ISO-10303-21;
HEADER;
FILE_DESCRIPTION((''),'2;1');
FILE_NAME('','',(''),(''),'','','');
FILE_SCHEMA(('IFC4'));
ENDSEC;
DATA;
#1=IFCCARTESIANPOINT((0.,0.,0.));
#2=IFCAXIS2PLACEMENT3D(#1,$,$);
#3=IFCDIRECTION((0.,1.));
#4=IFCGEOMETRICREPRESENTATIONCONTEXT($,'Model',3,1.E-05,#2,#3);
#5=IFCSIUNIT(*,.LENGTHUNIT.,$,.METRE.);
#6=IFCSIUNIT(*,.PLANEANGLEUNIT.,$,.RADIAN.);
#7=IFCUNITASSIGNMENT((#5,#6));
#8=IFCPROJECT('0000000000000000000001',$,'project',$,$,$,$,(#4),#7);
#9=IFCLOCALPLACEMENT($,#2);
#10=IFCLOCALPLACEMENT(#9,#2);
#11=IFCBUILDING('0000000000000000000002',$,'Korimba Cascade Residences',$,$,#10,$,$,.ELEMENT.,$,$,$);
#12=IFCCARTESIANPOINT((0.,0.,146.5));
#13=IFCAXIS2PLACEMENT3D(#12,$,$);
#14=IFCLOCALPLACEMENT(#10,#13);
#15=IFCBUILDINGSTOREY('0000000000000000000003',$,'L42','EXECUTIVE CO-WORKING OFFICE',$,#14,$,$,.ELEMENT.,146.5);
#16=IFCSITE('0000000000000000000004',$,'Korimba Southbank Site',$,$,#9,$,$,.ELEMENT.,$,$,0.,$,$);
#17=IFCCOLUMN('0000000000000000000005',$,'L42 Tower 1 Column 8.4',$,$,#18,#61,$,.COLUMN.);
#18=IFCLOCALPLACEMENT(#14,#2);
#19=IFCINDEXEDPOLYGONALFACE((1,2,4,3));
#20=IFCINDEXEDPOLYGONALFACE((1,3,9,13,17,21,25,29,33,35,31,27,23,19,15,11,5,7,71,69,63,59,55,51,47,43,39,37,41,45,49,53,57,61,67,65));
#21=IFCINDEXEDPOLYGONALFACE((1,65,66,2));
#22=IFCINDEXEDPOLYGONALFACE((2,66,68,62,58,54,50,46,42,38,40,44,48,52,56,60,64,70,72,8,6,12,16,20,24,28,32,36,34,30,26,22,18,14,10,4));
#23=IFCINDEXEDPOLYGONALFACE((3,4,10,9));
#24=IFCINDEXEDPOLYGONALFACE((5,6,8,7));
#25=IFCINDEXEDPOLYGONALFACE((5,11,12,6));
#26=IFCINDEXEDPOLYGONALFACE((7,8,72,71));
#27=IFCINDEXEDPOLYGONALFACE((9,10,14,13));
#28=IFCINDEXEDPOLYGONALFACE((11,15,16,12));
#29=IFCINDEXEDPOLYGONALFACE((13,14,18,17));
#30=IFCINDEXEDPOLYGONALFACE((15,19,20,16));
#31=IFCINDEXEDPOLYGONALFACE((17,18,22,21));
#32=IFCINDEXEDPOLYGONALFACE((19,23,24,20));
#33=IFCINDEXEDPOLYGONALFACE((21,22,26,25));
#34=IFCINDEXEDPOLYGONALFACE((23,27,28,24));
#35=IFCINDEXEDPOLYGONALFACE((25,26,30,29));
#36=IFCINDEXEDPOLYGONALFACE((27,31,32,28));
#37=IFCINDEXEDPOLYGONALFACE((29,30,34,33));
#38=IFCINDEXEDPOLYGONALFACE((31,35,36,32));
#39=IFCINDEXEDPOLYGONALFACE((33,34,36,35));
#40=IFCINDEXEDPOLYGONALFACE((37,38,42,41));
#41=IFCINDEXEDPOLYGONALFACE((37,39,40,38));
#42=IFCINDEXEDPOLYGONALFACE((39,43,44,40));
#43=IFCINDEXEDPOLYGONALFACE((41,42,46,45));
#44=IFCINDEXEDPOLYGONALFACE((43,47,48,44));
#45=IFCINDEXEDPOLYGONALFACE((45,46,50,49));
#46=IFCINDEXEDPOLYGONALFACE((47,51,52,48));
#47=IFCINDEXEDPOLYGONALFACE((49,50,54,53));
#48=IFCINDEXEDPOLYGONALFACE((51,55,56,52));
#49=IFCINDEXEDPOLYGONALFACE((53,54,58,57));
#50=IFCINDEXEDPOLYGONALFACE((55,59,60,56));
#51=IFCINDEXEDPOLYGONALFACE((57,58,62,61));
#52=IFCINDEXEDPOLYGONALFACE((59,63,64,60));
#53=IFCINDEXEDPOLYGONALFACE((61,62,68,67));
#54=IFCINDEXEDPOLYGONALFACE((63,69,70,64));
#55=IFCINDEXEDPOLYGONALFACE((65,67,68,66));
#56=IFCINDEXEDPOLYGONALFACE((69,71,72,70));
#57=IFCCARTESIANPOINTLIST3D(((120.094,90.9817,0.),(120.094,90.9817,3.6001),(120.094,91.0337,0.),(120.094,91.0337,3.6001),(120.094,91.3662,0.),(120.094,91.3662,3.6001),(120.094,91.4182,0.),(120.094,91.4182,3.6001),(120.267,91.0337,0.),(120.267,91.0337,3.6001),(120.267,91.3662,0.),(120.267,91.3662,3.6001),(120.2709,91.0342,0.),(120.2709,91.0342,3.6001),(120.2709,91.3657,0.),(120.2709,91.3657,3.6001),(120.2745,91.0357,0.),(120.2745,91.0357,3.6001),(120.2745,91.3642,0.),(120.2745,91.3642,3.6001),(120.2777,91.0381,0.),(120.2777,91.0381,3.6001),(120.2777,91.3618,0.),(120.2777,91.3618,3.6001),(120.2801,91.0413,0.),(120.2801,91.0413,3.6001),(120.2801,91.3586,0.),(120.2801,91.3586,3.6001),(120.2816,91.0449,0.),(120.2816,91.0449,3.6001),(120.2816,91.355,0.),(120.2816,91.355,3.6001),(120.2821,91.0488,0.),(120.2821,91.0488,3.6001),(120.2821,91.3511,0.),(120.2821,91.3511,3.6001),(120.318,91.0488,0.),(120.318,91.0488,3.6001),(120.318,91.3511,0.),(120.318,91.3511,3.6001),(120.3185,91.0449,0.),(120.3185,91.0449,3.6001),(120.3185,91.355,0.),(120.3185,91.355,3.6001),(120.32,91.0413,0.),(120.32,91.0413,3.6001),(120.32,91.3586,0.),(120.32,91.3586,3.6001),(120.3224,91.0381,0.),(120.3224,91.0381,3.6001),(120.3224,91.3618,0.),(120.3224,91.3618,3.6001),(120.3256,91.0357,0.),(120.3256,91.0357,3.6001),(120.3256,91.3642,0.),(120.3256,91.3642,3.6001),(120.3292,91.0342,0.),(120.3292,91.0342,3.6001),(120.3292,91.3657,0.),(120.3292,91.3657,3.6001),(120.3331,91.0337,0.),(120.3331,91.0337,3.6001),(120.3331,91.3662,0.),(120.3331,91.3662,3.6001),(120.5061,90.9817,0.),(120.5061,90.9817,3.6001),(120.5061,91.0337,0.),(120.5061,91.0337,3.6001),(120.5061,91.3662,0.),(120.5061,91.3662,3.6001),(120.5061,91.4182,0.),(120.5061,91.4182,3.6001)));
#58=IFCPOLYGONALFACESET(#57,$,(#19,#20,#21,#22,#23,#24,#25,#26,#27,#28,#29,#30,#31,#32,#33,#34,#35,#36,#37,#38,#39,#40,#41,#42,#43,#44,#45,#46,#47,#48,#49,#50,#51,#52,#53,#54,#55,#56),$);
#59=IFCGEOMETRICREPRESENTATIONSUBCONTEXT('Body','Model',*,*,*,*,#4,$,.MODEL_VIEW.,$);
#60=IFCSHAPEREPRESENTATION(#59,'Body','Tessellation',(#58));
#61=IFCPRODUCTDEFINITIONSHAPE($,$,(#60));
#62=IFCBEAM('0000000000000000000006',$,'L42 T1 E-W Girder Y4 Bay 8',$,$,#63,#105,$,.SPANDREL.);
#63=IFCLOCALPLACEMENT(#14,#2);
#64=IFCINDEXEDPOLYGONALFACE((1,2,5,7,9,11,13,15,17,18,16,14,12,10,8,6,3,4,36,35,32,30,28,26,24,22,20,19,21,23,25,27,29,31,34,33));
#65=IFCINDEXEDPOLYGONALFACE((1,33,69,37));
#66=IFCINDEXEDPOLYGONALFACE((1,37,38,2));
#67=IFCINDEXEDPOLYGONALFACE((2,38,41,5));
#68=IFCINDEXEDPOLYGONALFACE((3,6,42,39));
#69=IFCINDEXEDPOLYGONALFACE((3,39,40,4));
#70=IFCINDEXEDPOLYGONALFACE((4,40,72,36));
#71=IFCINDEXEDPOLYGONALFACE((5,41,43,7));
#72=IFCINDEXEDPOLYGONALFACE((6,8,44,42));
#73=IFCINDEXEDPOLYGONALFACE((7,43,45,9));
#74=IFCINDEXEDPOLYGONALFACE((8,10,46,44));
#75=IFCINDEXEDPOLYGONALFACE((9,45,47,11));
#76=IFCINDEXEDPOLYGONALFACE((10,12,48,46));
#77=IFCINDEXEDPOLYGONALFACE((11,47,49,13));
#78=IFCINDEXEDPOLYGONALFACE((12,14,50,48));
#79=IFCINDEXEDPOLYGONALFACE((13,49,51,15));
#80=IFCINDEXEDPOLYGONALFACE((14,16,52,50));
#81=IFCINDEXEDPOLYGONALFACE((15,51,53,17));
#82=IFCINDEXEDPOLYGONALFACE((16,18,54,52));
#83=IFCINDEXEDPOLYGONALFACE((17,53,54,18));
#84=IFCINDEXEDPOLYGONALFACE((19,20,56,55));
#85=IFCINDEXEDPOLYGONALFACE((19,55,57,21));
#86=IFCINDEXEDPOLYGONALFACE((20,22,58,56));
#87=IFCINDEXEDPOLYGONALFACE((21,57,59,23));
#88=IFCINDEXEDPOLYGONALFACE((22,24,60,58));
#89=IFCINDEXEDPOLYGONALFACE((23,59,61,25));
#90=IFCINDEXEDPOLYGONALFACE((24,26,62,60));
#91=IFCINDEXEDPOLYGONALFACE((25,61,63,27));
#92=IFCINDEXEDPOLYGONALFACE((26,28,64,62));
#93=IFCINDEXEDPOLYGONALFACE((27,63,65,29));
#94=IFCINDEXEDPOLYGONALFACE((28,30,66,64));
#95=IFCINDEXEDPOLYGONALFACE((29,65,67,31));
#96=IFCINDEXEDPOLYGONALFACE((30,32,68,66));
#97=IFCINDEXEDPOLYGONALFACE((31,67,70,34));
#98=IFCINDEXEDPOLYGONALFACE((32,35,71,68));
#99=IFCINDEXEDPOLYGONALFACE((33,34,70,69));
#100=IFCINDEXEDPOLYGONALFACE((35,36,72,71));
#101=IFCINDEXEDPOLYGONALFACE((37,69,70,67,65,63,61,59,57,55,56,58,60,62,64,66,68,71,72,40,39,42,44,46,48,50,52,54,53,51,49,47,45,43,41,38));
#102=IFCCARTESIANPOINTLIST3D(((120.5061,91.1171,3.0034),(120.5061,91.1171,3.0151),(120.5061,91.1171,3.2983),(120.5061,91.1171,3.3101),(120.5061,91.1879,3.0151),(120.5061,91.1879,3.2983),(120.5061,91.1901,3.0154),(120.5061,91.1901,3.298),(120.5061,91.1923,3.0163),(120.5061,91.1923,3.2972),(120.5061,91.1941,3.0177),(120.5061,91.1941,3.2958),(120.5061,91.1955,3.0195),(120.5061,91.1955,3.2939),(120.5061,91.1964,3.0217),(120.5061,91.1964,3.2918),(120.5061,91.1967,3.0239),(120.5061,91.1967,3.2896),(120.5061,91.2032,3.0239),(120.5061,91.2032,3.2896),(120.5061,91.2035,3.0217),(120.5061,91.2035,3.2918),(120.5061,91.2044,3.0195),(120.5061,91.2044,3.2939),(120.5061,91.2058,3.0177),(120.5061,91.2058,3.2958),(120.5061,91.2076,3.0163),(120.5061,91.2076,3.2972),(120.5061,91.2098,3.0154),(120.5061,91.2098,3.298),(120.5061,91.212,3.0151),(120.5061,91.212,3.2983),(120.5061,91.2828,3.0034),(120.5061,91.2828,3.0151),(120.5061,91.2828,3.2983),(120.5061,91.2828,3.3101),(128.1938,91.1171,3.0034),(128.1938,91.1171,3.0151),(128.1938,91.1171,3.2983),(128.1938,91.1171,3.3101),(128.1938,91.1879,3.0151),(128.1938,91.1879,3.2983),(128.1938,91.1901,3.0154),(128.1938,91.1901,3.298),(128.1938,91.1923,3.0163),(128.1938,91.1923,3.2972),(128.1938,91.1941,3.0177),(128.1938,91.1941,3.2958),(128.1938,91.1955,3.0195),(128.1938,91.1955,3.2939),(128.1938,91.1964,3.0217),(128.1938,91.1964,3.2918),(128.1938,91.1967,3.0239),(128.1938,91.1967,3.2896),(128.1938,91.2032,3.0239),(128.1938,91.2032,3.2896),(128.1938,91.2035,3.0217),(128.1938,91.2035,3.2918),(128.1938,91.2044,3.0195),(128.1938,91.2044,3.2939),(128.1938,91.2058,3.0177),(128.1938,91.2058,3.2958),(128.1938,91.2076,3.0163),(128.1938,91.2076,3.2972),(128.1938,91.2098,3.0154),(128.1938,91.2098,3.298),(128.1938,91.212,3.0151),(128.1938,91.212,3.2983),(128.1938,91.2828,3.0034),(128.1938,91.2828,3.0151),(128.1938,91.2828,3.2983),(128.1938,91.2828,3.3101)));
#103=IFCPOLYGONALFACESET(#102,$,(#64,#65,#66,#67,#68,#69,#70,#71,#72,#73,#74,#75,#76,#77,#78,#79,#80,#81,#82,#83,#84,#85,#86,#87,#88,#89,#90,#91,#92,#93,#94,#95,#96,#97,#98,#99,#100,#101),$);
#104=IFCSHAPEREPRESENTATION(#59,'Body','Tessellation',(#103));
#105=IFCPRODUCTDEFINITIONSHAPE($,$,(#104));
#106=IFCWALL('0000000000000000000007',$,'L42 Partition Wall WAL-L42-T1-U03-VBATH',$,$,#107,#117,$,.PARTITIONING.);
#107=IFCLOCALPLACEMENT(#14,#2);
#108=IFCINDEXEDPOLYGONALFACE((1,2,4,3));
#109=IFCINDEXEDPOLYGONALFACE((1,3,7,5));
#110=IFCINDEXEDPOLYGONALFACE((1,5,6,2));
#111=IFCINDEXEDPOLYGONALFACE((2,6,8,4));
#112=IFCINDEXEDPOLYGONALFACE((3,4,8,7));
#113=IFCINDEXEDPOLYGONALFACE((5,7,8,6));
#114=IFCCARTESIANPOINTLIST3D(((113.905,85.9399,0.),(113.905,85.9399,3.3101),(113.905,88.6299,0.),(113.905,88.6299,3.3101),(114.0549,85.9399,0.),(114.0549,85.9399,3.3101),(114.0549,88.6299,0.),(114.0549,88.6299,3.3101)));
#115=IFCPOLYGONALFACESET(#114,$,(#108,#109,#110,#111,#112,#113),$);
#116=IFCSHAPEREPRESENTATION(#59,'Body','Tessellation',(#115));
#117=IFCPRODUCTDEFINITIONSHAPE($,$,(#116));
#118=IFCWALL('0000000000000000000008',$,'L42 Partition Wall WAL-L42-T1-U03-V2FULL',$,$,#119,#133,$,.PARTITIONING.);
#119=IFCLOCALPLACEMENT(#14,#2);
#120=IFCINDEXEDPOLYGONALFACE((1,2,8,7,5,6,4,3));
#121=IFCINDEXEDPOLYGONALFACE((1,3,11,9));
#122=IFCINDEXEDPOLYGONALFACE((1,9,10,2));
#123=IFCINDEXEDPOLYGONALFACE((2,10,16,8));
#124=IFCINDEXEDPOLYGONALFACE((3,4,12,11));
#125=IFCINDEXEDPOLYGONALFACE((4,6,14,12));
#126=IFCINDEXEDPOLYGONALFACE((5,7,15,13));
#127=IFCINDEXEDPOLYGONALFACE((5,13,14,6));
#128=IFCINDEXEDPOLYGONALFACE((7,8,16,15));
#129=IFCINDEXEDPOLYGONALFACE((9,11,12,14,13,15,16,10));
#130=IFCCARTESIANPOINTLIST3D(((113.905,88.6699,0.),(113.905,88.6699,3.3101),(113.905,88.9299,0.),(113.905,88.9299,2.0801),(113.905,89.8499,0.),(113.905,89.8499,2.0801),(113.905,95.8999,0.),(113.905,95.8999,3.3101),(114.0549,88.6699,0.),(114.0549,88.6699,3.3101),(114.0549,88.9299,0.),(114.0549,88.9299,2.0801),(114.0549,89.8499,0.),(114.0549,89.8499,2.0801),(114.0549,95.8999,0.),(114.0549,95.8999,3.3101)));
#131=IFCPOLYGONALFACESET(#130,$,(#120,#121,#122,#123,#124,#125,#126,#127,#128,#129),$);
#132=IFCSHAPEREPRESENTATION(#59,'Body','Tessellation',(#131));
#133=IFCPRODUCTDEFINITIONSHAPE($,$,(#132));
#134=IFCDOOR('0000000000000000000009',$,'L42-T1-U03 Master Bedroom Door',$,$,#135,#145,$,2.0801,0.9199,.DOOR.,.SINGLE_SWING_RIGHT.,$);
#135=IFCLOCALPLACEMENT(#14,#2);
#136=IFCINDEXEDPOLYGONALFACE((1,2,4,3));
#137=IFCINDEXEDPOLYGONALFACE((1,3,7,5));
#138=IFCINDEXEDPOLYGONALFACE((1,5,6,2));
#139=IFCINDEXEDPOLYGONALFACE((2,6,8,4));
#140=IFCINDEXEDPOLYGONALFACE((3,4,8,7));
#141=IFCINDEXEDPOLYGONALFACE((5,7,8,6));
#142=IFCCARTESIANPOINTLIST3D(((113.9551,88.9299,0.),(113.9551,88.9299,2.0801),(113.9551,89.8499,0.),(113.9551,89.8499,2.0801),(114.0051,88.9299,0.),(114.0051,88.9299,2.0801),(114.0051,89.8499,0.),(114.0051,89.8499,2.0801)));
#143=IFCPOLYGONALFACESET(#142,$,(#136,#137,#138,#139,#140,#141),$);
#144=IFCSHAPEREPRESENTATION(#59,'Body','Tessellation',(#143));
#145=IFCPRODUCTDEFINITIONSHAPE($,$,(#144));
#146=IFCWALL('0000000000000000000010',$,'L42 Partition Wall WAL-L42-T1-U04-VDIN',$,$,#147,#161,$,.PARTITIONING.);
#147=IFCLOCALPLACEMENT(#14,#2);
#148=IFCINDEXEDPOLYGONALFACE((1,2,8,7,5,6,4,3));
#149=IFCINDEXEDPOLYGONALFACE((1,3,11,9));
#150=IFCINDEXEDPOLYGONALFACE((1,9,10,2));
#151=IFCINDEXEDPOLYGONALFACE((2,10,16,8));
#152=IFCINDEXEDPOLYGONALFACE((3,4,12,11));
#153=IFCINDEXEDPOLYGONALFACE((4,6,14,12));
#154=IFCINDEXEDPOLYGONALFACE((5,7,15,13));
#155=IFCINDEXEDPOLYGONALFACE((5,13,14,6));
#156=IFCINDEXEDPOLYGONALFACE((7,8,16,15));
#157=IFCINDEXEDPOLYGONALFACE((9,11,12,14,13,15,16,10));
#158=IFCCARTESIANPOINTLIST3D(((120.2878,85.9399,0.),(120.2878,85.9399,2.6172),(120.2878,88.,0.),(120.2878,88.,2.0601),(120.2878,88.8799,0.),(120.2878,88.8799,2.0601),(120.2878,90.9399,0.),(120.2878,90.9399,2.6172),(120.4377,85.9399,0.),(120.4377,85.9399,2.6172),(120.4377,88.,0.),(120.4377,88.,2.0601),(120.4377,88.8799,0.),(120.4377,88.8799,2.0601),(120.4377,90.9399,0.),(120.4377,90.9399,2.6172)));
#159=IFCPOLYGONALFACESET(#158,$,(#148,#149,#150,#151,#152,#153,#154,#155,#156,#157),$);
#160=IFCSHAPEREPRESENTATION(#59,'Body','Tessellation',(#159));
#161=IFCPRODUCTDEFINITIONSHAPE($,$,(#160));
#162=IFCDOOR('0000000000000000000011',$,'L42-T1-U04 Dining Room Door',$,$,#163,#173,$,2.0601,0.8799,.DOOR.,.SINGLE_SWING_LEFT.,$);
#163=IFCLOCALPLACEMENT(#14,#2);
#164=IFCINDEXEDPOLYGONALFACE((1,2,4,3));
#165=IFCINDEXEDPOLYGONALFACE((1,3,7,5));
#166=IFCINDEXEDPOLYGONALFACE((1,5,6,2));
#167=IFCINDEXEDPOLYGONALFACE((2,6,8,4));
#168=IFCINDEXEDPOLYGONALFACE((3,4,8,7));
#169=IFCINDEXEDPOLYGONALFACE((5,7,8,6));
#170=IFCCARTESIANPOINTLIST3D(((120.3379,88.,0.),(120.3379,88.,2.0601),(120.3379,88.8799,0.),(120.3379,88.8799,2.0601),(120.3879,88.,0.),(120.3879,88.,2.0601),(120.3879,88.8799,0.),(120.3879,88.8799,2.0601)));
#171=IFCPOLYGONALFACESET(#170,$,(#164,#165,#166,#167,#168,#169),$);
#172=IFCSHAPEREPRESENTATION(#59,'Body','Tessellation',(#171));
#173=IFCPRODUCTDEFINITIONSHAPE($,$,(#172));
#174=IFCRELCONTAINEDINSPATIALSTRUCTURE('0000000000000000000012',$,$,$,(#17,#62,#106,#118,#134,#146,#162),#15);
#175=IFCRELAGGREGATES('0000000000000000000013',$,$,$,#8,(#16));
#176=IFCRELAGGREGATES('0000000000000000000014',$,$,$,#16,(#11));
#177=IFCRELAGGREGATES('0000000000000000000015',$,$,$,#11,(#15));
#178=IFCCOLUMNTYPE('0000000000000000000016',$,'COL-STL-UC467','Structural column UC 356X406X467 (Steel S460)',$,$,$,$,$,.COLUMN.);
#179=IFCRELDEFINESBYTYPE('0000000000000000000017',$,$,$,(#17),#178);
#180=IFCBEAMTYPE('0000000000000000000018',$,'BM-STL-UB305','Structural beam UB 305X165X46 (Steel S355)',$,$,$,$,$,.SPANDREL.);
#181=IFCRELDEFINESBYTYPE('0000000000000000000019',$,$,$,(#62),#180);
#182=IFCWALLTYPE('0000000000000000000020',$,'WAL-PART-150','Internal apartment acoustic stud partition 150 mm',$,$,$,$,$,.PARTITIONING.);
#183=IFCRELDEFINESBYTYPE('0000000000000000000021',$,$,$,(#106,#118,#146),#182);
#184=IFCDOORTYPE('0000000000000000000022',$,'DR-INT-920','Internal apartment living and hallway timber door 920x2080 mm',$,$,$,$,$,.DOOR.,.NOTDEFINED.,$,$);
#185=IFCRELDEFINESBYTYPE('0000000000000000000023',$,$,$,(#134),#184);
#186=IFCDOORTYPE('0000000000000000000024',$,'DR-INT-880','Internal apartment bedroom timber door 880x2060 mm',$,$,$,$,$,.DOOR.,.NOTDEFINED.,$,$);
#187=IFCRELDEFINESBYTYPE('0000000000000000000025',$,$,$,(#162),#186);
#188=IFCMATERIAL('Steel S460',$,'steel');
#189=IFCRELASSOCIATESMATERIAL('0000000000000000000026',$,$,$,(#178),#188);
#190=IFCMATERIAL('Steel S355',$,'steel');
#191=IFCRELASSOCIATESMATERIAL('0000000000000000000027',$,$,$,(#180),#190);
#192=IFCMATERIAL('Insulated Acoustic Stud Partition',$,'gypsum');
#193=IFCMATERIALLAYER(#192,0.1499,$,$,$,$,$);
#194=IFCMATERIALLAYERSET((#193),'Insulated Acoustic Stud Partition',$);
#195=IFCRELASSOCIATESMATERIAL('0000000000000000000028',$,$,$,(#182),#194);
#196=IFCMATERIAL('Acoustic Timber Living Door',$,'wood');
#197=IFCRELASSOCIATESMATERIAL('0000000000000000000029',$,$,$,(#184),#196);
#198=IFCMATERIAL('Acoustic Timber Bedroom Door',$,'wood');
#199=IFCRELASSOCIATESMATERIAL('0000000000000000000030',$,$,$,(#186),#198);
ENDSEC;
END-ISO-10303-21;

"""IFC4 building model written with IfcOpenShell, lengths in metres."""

from ifc_helpers import new_model, si_unit, direction, frame, frame_2d, origin, origin_2d, place, context, subcontext, project, spatial, rectangle, i_section, extrude, material, layer, layer_set, material_profile, profile_set, type_object, element, fill, save


model = new_model("IFC4")

# Units and contexts
model_context = context("Model", 3, precision=1e-05, world=origin(), true_north=direction((0.0, 1.0)))
body_context = subcontext(model_context, "Body", "Model", "MODEL_VIEW")
ifc_project = project(units=[si_unit("LENGTHUNIT", "METRE"), si_unit("PLANEANGLEUNIT", "RADIAN")], contexts=[model_context])

# Site, building, storey
site_placement = place(None, origin())
site = spatial("IfcSite", under=ifc_project, at=site_placement, Name="Korimba Southbank Site", CompositionType="ELEMENT", RefElevation=0.0)
building_placement = place(site_placement, origin())
building = spatial("IfcBuilding", under=site, at=building_placement, Name="Korimba Cascade Residences", CompositionType="ELEMENT")
storey_placement = place(building_placement, frame((0.0, 0.0, 146.5)))
storey = spatial("IfcBuildingStorey", under=building, at=storey_placement, Name="L42", Description="EXECUTIVE CO-WORKING OFFICE", CompositionType="ELEMENT", Elevation=146.5)

# Column
ifc_material_1 = material(Name="Steel S460", Category="steel")
ifc_material_profile_1 = material_profile(ifc_material_1, i_section(OverallWidth=0.4121, OverallDepth=0.4365, WebThickness=0.0359, FlangeThickness=0.052, FilletRadius=0.0151, at=origin_2d()), Name="Steel S460")
ifc_profile_set_1 = profile_set([ifc_material_profile_1], Name="Steel S460")
column_type = type_object("IfcColumnType", Name="COL-STL-UC467", Description="Structural column UC 356X406X467 (Steel S460)", PredefinedType="COLUMN", material=ifc_profile_set_1)
column_placement = place(storey_placement, frame((120.3, 91.2, 0.0), z_axis=(0.0, 0.0, 1.0), x_axis=(1.0, 0.0, 0.0)))
element("IfcColumn", 1, at=column_placement, inside=storey, type_object=column_type, Name="L42 Tower 1 Column 8.4", PredefinedType="COLUMN", context=body_context, shape_type="SweptSolid", body=[
    extrude(i_section(OverallWidth=0.4121, OverallDepth=0.4365, WebThickness=0.0359, FlangeThickness=0.052, FilletRadius=0.0151, at=origin_2d()), origin(), (0.0, 0.0, 1.0), 3.6001),
])

# Beam
ifc_material_2 = material(Name="Steel S355", Category="steel")
ifc_material_profile_2 = material_profile(ifc_material_2, i_section(OverallWidth=0.1658, OverallDepth=0.3066, WebThickness=0.0066, FlangeThickness=0.0117, FilletRadius=0.0088, at=origin_2d()), Name="Steel S355")
ifc_profile_set_2 = profile_set([ifc_material_profile_2], Name="Steel S355")
beam_type = type_object("IfcBeamType", Name="BM-STL-UB305", Description="Structural beam UB 305X165X46 (Steel S355)", PredefinedType="SPANDREL", material=ifc_profile_set_2)
beam_placement = place(storey_placement, frame((120.5061, 91.2, 3.1567), z_axis=(1.0, 0.0, 0.0), x_axis=(0.0, 1.0, 0.0)))
element("IfcBeam", 2, at=beam_placement, inside=storey, type_object=beam_type, Name="L42 T1 E-W Girder Y4 Bay 8", PredefinedType="SPANDREL", context=body_context, shape_type="SweptSolid", body=[
    extrude(i_section(OverallWidth=0.1658, OverallDepth=0.3066, WebThickness=0.0066, FlangeThickness=0.0117, FilletRadius=0.0088, at=origin_2d()), origin(), (0.0, 0.0, 1.0), 7.6877),
])

# Wall
ifc_material_3 = material(Name="Insulated Acoustic Stud Partition", Category="gypsum")
ifc_layer = layer(ifc_material_3, 0.1499)
ifc_layer_set = layer_set([ifc_layer], Name="Insulated Acoustic Stud Partition")
wall_type = type_object("IfcWallType", Name="WAL-PART-150", Description="Internal apartment acoustic stud partition 150 mm", PredefinedType="PARTITIONING", material=ifc_layer_set)
wall_1_placement = place(storey_placement, frame((113.98, 85.9399, 0.0), z_axis=(0.0, 0.0, 1.0), x_axis=(0.0, 1.0, 0.0)))
element("IfcWall", 3, at=wall_1_placement, inside=storey, type_object=wall_type, Name="L42 Partition Wall WAL-L42-T1-U03-VBATH", PredefinedType="PARTITIONING", context=body_context, shape_type="SweptSolid", body=[
    extrude(rectangle(XDim=2.6899, YDim=0.1499, at=frame_2d((1.345, 0.0))), origin(), (0.0, 0.0, 1.0), 3.3101),
])

# Walls, openings, doors
wall_2_placement = place(storey_placement, frame((113.98, 88.6699, 0.0), z_axis=(0.0, 0.0, 1.0), x_axis=(0.0, 1.0, 0.0)))
wall_2 = element("IfcWall", 4, at=wall_2_placement, inside=storey, type_object=wall_type, Name="L42 Partition Wall WAL-L42-T1-U03-V2FULL", PredefinedType="PARTITIONING", context=body_context, shape_type="SweptSolid", body=[
    extrude(rectangle(XDim=7.23, YDim=0.1499, at=frame_2d((3.615, 0.0))), origin(), (0.0, 0.0, 1.0), 3.3101),
])
opening_1_placement = place(wall_2_placement, frame((0.26, 0.0, 0.0)))
opening_1 = element("IfcOpeningElement", 5, at=opening_1_placement, cuts=wall_2, PredefinedType="OPENING", context=body_context, shape_type="SweptSolid", body=[
    extrude(rectangle(XDim=0.9199, YDim=2.0801, at=frame_2d((0.46, 1.04))), frame((0.0, 0.085, 0.0), z_axis=(0.0, -1.0, 0.0), x_axis=(1.0, 0.0, 0.0)), (0.0, 0.0, 1.0), 0.1699),
])
ifc_material_4 = material(Name="Acoustic Timber Living Door", Category="wood")
door_type_1 = type_object("IfcDoorType", Name="DR-INT-920", Description="Internal apartment living and hallway timber door 920x2080 mm", OperationType="NOTDEFINED", PredefinedType="DOOR", material=ifc_material_4)
door_1_placement = place(opening_1_placement, origin())
door_1 = element("IfcDoor", 6, at=door_1_placement, inside=storey, type_object=door_type_1, Name="L42-T1-U03 Master Bedroom Door", OperationType="SINGLE_SWING_RIGHT", OverallHeight=2.0801, OverallWidth=0.9199, PredefinedType="DOOR", context=body_context, shape_type="SweptSolid", body=[
    extrude(rectangle(XDim=0.9199, YDim=2.0801, at=frame_2d((0.46, 1.04))), frame((0.0, 0.0249, 0.0), z_axis=(0.0, -1.0, 0.0), x_axis=(1.0, 0.0, 0.0)), (0.0, 0.0, 1.0), 0.05),
])
fill(opening_1, door_1)
wall_3_placement = place(storey_placement, frame((120.3628, 85.9399, 0.0), z_axis=(0.0, 0.0, 1.0), x_axis=(0.0, 1.0, 0.0)))
wall_3 = element("IfcWall", 7, at=wall_3_placement, inside=storey, type_object=wall_type, Name="L42 Partition Wall WAL-L42-T1-U04-VDIN", PredefinedType="PARTITIONING", context=body_context, shape_type="SweptSolid", body=[
    extrude(rectangle(XDim=5.0, YDim=0.1499, at=frame_2d((2.5, 0.0))), origin(), (0.0, 0.0, 1.0), 2.6172),
])
opening_2_placement = place(wall_3_placement, frame((2.0601, 0.0, 0.0)))
opening_2 = element("IfcOpeningElement", 8, at=opening_2_placement, cuts=wall_3, PredefinedType="OPENING", context=body_context, shape_type="SweptSolid", body=[
    extrude(rectangle(XDim=0.8799, YDim=2.0601, at=frame_2d((0.4399, 1.03))), frame((0.0, 0.085, 0.0), z_axis=(0.0, -1.0, 0.0), x_axis=(1.0, 0.0, 0.0)), (0.0, 0.0, 1.0), 0.1699),
])
ifc_material_5 = material(Name="Acoustic Timber Bedroom Door", Category="wood")
door_type_2 = type_object("IfcDoorType", Name="DR-INT-880", Description="Internal apartment bedroom timber door 880x2060 mm", OperationType="NOTDEFINED", PredefinedType="DOOR", material=ifc_material_5)
door_2_placement = place(opening_2_placement, origin())
door_2 = element("IfcDoor", 9, at=door_2_placement, inside=storey, type_object=door_type_2, Name="L42-T1-U04 Dining Room Door", OperationType="SINGLE_SWING_LEFT", OverallHeight=2.0601, OverallWidth=0.8799, PredefinedType="DOOR", context=body_context, shape_type="SweptSolid", body=[
    extrude(rectangle(XDim=0.8799, YDim=2.0601, at=frame_2d((0.4399, 1.03))), frame((0.0, 0.0249, 0.0), z_axis=(0.0, -1.0, 0.0), x_axis=(1.0, 0.0, 0.0)), (0.0, 0.0, 1.0), 0.05),
])
fill(opening_2, door_2)

save(model, "model.ifc")
